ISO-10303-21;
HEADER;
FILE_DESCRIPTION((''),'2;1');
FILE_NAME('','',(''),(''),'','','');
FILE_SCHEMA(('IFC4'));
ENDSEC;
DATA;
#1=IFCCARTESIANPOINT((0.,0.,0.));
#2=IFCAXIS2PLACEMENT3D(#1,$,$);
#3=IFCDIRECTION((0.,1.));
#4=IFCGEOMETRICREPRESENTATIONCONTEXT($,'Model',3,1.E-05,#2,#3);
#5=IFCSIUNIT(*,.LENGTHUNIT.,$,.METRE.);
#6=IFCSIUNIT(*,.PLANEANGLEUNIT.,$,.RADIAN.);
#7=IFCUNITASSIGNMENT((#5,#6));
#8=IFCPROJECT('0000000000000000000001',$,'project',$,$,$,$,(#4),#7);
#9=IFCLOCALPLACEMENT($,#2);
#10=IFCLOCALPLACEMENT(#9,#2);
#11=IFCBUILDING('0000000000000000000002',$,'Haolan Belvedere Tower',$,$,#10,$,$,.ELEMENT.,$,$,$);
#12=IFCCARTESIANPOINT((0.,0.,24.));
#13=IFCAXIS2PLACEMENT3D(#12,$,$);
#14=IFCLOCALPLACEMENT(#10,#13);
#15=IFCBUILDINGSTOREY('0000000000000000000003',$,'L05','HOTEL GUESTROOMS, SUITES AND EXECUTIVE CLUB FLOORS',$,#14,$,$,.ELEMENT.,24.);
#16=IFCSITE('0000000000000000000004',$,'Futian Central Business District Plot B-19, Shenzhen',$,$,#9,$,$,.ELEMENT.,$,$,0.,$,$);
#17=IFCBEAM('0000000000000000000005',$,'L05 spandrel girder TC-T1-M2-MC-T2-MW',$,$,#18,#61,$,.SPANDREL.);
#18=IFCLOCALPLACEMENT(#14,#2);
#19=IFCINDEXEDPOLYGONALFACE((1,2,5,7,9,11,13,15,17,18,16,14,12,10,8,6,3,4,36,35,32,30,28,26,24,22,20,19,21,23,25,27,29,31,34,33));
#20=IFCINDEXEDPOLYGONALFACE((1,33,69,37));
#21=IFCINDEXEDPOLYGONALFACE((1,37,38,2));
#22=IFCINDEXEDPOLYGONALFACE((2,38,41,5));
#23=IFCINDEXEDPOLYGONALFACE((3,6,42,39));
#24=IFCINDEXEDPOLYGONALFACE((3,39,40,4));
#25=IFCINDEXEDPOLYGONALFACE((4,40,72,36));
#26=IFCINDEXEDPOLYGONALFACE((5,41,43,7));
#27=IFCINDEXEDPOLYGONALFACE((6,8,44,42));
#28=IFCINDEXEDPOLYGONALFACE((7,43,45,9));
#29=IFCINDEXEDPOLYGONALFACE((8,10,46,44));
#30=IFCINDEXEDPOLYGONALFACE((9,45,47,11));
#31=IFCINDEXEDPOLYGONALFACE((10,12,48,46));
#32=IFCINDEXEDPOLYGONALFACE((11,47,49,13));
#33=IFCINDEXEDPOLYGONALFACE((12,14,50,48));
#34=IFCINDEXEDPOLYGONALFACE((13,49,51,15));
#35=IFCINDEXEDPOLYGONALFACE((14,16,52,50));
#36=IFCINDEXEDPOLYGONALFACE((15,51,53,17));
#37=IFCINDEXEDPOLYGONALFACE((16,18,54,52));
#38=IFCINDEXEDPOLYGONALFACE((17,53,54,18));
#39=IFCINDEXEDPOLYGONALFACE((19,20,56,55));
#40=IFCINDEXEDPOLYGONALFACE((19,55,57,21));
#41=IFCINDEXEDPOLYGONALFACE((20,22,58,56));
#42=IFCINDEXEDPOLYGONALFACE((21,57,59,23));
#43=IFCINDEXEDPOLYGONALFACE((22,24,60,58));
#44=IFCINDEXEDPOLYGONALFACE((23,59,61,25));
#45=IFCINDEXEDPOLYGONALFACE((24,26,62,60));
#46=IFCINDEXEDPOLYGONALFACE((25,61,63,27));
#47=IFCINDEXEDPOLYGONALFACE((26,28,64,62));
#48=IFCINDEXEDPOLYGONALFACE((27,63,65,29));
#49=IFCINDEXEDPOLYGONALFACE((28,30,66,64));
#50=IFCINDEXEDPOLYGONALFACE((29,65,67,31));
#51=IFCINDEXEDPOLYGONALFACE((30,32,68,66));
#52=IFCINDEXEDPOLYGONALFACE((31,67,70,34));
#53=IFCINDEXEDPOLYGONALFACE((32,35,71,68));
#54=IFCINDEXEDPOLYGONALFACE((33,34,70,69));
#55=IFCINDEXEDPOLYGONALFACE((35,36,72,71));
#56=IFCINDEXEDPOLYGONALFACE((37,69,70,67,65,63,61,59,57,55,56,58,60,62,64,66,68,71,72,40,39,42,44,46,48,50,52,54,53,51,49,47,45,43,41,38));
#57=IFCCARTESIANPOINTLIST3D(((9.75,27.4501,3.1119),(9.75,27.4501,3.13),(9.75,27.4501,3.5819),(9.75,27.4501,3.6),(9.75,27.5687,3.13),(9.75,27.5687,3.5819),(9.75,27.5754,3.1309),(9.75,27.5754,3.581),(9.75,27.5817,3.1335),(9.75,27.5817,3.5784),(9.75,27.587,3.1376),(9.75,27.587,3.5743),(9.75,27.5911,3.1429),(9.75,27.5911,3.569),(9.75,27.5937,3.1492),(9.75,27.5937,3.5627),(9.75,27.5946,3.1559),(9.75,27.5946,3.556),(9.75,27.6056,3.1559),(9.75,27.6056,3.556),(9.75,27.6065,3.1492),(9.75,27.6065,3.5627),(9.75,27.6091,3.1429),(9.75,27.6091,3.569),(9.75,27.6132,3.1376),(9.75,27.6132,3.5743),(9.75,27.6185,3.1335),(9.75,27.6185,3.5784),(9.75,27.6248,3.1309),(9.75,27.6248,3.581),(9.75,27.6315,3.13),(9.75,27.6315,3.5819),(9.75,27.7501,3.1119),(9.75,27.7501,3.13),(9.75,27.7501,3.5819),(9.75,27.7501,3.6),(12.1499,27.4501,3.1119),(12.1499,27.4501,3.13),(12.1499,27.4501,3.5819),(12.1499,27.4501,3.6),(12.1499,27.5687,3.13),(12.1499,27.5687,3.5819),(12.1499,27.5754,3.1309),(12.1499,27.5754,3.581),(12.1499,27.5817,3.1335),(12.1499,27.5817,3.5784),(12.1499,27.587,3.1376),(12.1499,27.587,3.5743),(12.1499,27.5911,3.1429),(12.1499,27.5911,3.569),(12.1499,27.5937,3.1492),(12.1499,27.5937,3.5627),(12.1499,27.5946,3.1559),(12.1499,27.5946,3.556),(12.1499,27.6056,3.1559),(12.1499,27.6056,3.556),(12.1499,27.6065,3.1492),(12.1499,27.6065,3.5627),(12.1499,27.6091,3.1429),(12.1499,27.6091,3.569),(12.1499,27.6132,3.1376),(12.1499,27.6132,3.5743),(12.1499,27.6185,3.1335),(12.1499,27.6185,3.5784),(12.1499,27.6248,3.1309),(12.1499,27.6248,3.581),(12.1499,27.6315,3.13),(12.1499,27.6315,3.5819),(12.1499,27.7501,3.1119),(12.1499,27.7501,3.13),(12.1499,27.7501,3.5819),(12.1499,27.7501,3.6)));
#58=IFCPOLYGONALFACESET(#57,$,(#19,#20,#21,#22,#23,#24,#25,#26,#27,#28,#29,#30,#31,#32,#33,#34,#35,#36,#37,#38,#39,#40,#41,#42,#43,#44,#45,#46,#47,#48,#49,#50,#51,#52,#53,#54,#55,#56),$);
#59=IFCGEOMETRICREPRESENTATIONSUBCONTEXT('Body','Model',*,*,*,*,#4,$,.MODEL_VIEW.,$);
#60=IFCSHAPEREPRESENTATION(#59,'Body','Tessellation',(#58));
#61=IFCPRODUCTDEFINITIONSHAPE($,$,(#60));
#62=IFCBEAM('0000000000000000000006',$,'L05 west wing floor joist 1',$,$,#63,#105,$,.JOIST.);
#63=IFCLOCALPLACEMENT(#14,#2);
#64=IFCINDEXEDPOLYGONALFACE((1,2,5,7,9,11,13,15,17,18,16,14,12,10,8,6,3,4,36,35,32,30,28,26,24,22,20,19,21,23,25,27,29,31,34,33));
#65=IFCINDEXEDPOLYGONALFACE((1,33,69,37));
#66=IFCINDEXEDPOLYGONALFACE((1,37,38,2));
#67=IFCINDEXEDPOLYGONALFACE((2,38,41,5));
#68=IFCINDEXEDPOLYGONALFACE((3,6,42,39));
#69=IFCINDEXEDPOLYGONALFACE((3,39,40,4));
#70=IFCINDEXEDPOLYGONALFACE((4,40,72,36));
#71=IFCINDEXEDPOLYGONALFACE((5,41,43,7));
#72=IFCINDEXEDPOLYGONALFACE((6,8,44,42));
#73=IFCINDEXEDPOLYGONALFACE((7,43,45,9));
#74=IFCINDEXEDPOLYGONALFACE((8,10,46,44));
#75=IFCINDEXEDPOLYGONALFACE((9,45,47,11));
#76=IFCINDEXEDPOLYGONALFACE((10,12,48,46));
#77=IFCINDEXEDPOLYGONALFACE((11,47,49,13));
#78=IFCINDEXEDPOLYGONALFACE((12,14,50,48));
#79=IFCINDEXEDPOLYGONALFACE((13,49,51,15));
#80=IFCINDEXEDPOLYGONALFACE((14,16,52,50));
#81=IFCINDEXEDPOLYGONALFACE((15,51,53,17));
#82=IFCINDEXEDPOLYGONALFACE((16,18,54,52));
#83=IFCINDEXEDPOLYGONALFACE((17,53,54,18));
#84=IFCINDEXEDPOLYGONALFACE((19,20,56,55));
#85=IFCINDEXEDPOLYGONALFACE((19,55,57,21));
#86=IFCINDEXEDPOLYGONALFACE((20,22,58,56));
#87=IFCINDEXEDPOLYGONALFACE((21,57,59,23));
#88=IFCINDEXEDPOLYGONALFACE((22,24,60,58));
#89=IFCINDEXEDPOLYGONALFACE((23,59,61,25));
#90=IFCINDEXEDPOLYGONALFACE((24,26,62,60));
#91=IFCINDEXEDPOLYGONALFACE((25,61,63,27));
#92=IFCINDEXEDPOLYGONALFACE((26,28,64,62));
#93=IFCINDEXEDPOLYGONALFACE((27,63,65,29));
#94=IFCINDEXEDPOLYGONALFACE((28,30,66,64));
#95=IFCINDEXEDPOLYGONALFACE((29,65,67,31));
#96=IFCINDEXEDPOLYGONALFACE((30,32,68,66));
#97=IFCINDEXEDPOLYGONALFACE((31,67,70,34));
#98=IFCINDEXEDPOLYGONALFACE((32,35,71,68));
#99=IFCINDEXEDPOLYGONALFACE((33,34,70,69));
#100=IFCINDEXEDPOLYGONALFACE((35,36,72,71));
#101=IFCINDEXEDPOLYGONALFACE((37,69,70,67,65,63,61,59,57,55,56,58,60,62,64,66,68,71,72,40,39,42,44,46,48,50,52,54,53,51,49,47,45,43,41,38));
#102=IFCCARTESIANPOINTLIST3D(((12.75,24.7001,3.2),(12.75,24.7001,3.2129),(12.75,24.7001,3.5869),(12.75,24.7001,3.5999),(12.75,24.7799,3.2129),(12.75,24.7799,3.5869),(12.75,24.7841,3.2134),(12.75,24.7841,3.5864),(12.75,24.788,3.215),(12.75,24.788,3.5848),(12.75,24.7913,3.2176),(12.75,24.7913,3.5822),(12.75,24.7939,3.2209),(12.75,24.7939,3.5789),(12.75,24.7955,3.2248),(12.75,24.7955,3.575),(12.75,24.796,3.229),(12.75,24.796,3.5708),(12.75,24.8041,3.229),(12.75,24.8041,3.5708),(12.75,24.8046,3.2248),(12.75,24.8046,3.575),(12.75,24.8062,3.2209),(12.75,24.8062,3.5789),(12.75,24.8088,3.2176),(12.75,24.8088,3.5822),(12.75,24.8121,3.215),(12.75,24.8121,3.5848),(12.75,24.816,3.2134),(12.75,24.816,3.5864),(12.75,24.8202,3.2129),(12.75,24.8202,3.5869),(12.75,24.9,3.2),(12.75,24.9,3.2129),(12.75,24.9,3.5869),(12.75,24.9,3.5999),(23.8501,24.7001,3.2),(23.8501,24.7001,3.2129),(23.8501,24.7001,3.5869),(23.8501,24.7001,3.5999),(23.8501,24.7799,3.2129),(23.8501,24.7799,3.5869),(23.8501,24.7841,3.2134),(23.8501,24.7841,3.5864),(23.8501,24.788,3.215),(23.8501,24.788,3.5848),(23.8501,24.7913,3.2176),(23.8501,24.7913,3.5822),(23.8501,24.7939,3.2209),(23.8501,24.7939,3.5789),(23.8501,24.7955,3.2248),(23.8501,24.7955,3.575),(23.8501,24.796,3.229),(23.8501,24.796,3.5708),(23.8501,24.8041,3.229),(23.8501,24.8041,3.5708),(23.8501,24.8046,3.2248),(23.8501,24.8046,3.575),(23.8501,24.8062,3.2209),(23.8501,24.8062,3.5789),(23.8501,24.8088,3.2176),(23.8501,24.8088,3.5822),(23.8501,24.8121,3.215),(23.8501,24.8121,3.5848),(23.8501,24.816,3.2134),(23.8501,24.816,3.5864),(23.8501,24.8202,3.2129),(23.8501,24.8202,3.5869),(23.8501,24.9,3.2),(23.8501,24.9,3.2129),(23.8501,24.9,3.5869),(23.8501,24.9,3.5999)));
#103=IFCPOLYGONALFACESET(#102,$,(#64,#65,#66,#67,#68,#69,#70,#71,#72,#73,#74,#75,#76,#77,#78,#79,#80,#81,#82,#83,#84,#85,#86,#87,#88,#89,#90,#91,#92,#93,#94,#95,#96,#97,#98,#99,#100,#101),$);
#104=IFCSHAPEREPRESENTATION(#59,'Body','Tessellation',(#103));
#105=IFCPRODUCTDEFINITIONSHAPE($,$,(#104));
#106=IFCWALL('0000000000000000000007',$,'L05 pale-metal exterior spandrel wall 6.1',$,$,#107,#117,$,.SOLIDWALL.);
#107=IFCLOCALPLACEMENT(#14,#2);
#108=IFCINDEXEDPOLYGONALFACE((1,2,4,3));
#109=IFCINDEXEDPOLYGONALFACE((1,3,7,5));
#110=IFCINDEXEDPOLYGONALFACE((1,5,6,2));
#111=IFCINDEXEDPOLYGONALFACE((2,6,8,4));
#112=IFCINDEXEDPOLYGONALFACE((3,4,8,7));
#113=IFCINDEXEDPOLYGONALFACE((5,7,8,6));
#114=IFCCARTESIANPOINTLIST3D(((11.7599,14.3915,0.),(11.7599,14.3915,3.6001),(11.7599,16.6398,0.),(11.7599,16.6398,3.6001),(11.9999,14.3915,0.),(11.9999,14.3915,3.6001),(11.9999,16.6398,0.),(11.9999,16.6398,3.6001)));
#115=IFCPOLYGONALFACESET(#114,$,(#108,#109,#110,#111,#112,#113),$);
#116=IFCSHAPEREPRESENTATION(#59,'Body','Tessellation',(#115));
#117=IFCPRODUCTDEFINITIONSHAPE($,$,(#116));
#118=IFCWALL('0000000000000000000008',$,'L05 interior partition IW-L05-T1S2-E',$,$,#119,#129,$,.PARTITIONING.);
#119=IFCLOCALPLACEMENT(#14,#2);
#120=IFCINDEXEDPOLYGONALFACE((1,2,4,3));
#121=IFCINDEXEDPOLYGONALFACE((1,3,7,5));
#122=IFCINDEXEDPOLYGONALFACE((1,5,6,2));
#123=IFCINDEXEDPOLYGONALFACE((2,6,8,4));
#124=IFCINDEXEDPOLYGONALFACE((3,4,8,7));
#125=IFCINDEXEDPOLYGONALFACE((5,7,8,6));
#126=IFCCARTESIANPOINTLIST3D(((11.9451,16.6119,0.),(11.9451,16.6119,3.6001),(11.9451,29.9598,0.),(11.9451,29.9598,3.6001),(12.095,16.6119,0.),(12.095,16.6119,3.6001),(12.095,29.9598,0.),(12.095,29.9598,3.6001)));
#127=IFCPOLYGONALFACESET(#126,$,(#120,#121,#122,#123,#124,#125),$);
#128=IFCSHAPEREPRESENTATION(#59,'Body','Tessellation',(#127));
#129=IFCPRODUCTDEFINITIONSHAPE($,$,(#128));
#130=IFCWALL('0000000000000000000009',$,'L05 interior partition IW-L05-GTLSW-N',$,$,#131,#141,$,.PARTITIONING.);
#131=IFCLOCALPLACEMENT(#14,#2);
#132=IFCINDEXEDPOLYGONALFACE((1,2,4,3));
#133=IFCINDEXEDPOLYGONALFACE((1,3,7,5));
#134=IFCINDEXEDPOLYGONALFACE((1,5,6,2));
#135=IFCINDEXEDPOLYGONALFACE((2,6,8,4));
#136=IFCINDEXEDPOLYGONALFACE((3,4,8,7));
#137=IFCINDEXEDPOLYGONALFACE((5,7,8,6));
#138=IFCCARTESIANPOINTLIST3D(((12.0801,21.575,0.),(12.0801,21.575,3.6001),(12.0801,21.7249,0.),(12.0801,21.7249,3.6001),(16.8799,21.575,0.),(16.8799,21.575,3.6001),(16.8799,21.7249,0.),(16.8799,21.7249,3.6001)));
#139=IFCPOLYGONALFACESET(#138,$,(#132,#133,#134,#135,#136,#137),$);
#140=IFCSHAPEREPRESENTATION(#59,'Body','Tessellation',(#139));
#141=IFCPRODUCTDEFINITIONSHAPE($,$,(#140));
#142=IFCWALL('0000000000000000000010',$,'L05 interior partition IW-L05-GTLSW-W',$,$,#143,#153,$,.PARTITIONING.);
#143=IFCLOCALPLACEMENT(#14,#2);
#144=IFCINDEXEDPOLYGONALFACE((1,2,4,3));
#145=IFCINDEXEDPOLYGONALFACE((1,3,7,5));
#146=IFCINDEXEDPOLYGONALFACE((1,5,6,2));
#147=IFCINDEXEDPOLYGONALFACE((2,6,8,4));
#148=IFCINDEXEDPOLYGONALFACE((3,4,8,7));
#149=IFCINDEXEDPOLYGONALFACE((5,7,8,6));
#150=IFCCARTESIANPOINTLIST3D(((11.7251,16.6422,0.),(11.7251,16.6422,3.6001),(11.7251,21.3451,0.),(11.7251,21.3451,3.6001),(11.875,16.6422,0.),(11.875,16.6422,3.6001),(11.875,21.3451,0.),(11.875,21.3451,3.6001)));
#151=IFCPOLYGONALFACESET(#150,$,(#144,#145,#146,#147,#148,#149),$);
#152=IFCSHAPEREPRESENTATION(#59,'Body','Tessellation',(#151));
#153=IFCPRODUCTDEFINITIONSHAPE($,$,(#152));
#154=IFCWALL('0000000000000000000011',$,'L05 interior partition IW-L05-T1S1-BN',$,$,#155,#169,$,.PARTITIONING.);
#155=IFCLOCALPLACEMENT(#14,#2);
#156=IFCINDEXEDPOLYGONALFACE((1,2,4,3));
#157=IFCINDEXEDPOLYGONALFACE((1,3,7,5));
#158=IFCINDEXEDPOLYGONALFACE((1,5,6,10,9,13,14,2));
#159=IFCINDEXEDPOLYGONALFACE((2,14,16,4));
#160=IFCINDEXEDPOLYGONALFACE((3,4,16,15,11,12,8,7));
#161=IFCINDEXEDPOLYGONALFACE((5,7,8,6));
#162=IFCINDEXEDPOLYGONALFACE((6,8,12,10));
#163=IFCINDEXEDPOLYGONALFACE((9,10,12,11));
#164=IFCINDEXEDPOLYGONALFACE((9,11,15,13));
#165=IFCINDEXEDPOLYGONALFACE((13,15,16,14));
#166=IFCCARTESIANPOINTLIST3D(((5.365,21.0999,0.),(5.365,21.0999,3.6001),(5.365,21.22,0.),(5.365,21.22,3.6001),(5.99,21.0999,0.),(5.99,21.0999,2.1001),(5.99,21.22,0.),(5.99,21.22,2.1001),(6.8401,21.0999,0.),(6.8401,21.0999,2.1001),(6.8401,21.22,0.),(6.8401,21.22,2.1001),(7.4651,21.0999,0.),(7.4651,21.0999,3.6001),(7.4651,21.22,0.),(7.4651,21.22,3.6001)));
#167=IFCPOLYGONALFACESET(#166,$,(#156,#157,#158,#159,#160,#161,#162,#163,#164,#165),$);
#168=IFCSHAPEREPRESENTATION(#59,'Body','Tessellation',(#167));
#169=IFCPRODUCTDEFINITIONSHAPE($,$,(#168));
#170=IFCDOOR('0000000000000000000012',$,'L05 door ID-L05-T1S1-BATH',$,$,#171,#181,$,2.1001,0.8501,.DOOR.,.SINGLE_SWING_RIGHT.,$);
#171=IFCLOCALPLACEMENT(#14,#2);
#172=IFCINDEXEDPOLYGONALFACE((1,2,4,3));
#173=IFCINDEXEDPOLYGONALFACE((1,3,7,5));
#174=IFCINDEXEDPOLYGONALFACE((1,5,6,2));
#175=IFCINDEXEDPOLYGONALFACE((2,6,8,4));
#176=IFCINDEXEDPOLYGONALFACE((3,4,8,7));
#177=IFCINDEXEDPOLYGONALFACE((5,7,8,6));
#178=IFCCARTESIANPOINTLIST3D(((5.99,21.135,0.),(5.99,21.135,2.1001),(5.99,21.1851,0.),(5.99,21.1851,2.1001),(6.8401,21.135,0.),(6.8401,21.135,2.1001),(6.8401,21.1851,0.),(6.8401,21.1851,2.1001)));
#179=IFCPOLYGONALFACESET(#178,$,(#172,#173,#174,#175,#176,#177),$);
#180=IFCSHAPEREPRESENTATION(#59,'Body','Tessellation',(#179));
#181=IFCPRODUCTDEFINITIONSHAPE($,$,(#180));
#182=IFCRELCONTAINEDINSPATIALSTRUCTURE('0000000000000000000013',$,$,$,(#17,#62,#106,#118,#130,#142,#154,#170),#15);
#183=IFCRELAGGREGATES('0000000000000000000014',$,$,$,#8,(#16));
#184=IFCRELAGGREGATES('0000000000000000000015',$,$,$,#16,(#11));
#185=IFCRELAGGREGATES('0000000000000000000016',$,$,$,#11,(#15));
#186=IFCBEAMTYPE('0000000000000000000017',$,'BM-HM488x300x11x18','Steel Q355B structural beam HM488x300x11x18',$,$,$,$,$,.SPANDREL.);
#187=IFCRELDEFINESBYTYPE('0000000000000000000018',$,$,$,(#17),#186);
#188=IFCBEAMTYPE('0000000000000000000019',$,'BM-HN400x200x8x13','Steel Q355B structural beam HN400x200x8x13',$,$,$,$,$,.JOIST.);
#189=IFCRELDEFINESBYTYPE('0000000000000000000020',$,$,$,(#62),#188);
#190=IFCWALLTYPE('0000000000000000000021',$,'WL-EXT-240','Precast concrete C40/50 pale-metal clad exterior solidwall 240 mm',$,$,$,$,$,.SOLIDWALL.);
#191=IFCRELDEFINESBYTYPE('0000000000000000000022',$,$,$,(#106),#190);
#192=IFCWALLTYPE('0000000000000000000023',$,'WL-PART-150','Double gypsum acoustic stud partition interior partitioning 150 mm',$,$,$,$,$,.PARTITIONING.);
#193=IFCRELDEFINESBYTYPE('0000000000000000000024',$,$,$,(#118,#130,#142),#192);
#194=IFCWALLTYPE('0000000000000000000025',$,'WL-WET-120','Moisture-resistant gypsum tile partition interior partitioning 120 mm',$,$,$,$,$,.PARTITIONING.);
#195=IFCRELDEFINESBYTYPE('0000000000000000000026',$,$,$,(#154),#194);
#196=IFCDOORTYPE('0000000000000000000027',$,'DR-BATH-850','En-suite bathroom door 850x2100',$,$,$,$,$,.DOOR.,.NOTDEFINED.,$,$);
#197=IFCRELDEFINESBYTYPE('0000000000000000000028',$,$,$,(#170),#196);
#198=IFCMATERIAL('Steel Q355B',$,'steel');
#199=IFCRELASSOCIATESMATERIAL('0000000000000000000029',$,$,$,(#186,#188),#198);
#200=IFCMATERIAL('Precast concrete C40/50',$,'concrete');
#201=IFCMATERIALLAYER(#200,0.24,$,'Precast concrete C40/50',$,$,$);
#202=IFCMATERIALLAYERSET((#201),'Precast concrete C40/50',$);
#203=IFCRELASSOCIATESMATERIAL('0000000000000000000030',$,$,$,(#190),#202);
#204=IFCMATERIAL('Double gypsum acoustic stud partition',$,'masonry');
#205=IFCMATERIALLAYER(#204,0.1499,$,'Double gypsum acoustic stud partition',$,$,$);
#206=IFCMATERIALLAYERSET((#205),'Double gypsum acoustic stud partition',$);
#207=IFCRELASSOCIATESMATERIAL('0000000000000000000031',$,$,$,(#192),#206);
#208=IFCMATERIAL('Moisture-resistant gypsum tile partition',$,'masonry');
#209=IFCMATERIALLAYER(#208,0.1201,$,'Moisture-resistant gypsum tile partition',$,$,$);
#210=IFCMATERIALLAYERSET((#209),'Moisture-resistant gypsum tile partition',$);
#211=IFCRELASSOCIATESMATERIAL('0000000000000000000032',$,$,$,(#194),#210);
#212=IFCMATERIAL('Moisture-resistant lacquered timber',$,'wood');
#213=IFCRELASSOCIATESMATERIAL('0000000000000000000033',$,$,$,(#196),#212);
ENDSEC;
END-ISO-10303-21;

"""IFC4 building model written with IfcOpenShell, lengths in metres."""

from ifc_helpers import new_model, si_unit, direction, frame, frame_2d, origin, origin_2d, place, context, subcontext, project, spatial, rectangle, i_section, extrude, material, layer, layer_set, material_profile, profile_set, type_object, element, fill, save


model = new_model("IFC4")

# Units and contexts
model_context = context("Model", 3, precision=1e-05, world=origin(), true_north=direction((0.0, 1.0)))
body_context = subcontext(model_context, "Body", "Model", "MODEL_VIEW")
ifc_project = project(units=[si_unit("LENGTHUNIT", "METRE"), si_unit("PLANEANGLEUNIT", "RADIAN")], contexts=[model_context])

# Site, building, storey
site_placement = place(None, origin())
site = spatial("IfcSite", under=ifc_project, at=site_placement, Name="Futian Central Business District Plot B-19, Shenzhen", CompositionType="ELEMENT", RefElevation=0.0)
building_placement = place(site_placement, origin())
building = spatial("IfcBuilding", under=site, at=building_placement, Name="Haolan Belvedere Tower", CompositionType="ELEMENT")
storey_placement = place(building_placement, frame((0.0, 0.0, 24.0)))
storey = spatial("IfcBuildingStorey", under=building, at=storey_placement, Name="L05", Description="HOTEL GUESTROOMS, SUITES AND EXECUTIVE CLUB FLOORS", CompositionType="ELEMENT", Elevation=24.0)

# Shared definitions
ifc_material_1 = material(Name="Steel Q355B", Category="steel")

# Beams
ifc_material_profile_1 = material_profile(ifc_material_1, i_section(OverallWidth=0.3, OverallDepth=0.488, WebThickness=0.011, FlangeThickness=0.0181, FilletRadius=0.0259, at=origin_2d()), Name="Steel Q355B")
ifc_profile_set_1 = profile_set([ifc_material_profile_1], Name="Steel Q355B")
beam_type_1 = type_object("IfcBeamType", Name="BM-HM488x300x11x18", Description="Steel Q355B structural beam HM488x300x11x18", PredefinedType="SPANDREL", material=ifc_profile_set_1)
beam_1_placement = place(storey_placement, frame((9.75, 27.6001, 3.356), z_axis=(1.0, 0.0, 0.0), x_axis=(0.0, 1.0, 0.0)))
element("IfcBeam", 1, at=beam_1_placement, inside=storey, type_object=beam_type_1, Name="L05 spandrel girder TC-T1-M2-MC-T2-MW", PredefinedType="SPANDREL", context=body_context, shape_type="SweptSolid", body=[
    extrude(i_section(OverallWidth=0.3, OverallDepth=0.488, WebThickness=0.011, FlangeThickness=0.0181, FilletRadius=0.0259, at=origin_2d()), origin(), (0.0, 0.0, 1.0), 2.3999),
])
ifc_material_profile_2 = material_profile(ifc_material_1, i_section(OverallWidth=0.2, OverallDepth=0.3999, WebThickness=0.0081, FlangeThickness=0.0129, FilletRadius=0.0161, at=origin_2d()), Name="Steel Q355B")
ifc_profile_set_2 = profile_set([ifc_material_profile_2], Name="Steel Q355B")
beam_type_2 = type_object("IfcBeamType", Name="BM-HN400x200x8x13", Description="Steel Q355B structural beam HN400x200x8x13", PredefinedType="JOIST", material=ifc_profile_set_2)
beam_2_placement = place(storey_placement, frame((12.75, 24.8, 3.3999), z_axis=(1.0, 0.0, 0.0), x_axis=(0.0, 1.0, 0.0)))
element("IfcBeam", 2, at=beam_2_placement, inside=storey, type_object=beam_type_2, Name="L05 west wing floor joist 1", PredefinedType="JOIST", context=body_context, shape_type="SweptSolid", body=[
    extrude(i_section(OverallWidth=0.2, OverallDepth=0.3999, WebThickness=0.0081, FlangeThickness=0.0129, FilletRadius=0.0161, at=origin_2d()), origin(), (0.0, 0.0, 1.0), 11.1001),
])

# Walls
ifc_material_2 = material(Name="Precast concrete C40/50", Category="concrete")
ifc_layer_1 = layer(ifc_material_2, 0.24, Name="Precast concrete C40/50")
ifc_layer_set_1 = layer_set([ifc_layer_1], Name="Precast concrete C40/50")
wall_type_1 = type_object("IfcWallType", Name="WL-EXT-240", Description="Precast concrete C40/50 pale-metal clad exterior solidwall 240 mm", PredefinedType="SOLIDWALL", material=ifc_layer_set_1)
wall_1_placement = place(storey_placement, frame((11.8799, 14.3916, 0.0), z_axis=(0.0, 0.0, 1.0), x_axis=(0.0, 1.0, 0.0)))
element("IfcWall", 3, at=wall_1_placement, inside=storey, type_object=wall_type_1, Name="L05 pale-metal exterior spandrel wall 6.1", PredefinedType="SOLIDWALL", context=body_context, shape_type="SweptSolid", body=[
    extrude(rectangle(XDim=2.2483, YDim=0.24, at=frame_2d((1.124, 0.0))), origin(), (0.0, 0.0, 1.0), 3.6001),
])
ifc_material_3 = material(Name="Double gypsum acoustic stud partition", Category="masonry")
ifc_layer_2 = layer(ifc_material_3, 0.1499, Name="Double gypsum acoustic stud partition")
ifc_layer_set_2 = layer_set([ifc_layer_2], Name="Double gypsum acoustic stud partition")
wall_type_2 = type_object("IfcWallType", Name="WL-PART-150", Description="Double gypsum acoustic stud partition interior partitioning 150 mm", PredefinedType="PARTITIONING", material=ifc_layer_set_2)
wall_2_placement = place(storey_placement, frame((12.02, 16.6121, 0.0), z_axis=(0.0, 0.0, 1.0), x_axis=(0.0, 1.0, 0.0)))
element("IfcWall", 4, at=wall_2_placement, inside=storey, type_object=wall_type_2, Name="L05 interior partition IW-L05-T1S2-E", PredefinedType="PARTITIONING", context=body_context, shape_type="SweptSolid", body=[
    extrude(rectangle(XDim=13.3479, YDim=0.1499, at=frame_2d((6.6738, 0.0))), origin(), (0.0, 0.0, 1.0), 3.6001),
])
wall_3_placement = place(storey_placement, frame((12.0801, 21.6499, 0.0), z_axis=(0.0, 0.0, 1.0), x_axis=(1.0, 0.0, 0.0)))
element("IfcWall", 5, at=wall_3_placement, inside=storey, type_object=wall_type_2, Name="L05 interior partition IW-L05-GTLSW-N", PredefinedType="PARTITIONING", context=body_context, shape_type="SweptSolid", body=[
    extrude(rectangle(XDim=4.7998, YDim=0.1499, at=frame_2d((2.3999, 0.0))), origin(), (0.0, 0.0, 1.0), 3.6001),
])
wall_4_placement = place(storey_placement, frame((11.8, 16.6421, 0.0), z_axis=(0.0, 0.0, 1.0), x_axis=(0.0, 1.0, 0.0)))
element("IfcWall", 6, at=wall_4_placement, inside=storey, type_object=wall_type_2, Name="L05 interior partition IW-L05-GTLSW-W", PredefinedType="PARTITIONING", context=body_context, shape_type="SweptSolid", body=[
    extrude(rectangle(XDim=4.7029, YDim=0.1499, at=frame_2d((2.3516, 0.0))), origin(), (0.0, 0.0, 1.0), 3.6001),
])

# Wall, opening, door
ifc_material_4 = material(Name="Moisture-resistant gypsum tile partition", Category="masonry")
ifc_layer_3 = layer(ifc_material_4, 0.1201, Name="Moisture-resistant gypsum tile partition")
ifc_layer_set_3 = layer_set([ifc_layer_3], Name="Moisture-resistant gypsum tile partition")
wall_type_3 = type_object("IfcWallType", Name="WL-WET-120", Description="Moisture-resistant gypsum tile partition interior partitioning 120 mm", PredefinedType="PARTITIONING", material=ifc_layer_set_3)
wall_5_placement = place(storey_placement, frame((5.365, 21.1599, 0.0), z_axis=(0.0, 0.0, 1.0), x_axis=(1.0, 0.0, 0.0)))
wall_5 = element("IfcWall", 7, at=wall_5_placement, inside=storey, type_object=wall_type_3, Name="L05 interior partition IW-L05-T1S1-BN", PredefinedType="PARTITIONING", context=body_context, shape_type="SweptSolid", body=[
    extrude(rectangle(XDim=2.1001, YDim=0.1201, at=frame_2d((1.05, 0.0))), origin(), (0.0, 0.0, 1.0), 3.6001),
])
opening_1_placement = place(wall_5_placement, frame((1.4751, 0.0, 0.0), z_axis=(0.0, 0.0, 1.0), x_axis=(-1.0, 0.0, 0.0)))
opening_1 = element("IfcOpeningElement", 8, at=opening_1_placement, cuts=wall_5, PredefinedType="OPENING", context=body_context, shape_type="SweptSolid", body=[
    extrude(rectangle(XDim=0.8501, YDim=2.1001, at=frame_2d((0.425, 1.05))), frame((0.0, 0.0701, 0.0), z_axis=(0.0, -1.0, 0.0), x_axis=(1.0, 0.0, 0.0)), (0.0, 0.0, 1.0), 0.1401),
])
ifc_material_5 = material(Name="Moisture-resistant lacquered timber", Category="wood")
door_type = type_object("IfcDoorType", Name="DR-BATH-850", Description="En-suite bathroom door 850x2100", OperationType="NOTDEFINED", PredefinedType="DOOR", material=ifc_material_5)
door_1_placement = place(opening_1_placement, origin())
door_1 = element("IfcDoor", 9, at=door_1_placement, inside=storey, type_object=door_type, Name="L05 door ID-L05-T1S1-BATH", OperationType="SINGLE_SWING_RIGHT", OverallHeight=2.1001, OverallWidth=0.8501, PredefinedType="DOOR", context=body_context, shape_type="SweptSolid", body=[
    extrude(rectangle(XDim=0.8501, YDim=2.1001, at=frame_2d((0.425, 1.05))), frame((0.0, 0.0249, 0.0), z_axis=(0.0, -1.0, 0.0), x_axis=(1.0, 0.0, 0.0)), (0.0, 0.0, 1.0), 0.05),
])
fill(opening_1, door_1)

save(model, "model.ifc")
